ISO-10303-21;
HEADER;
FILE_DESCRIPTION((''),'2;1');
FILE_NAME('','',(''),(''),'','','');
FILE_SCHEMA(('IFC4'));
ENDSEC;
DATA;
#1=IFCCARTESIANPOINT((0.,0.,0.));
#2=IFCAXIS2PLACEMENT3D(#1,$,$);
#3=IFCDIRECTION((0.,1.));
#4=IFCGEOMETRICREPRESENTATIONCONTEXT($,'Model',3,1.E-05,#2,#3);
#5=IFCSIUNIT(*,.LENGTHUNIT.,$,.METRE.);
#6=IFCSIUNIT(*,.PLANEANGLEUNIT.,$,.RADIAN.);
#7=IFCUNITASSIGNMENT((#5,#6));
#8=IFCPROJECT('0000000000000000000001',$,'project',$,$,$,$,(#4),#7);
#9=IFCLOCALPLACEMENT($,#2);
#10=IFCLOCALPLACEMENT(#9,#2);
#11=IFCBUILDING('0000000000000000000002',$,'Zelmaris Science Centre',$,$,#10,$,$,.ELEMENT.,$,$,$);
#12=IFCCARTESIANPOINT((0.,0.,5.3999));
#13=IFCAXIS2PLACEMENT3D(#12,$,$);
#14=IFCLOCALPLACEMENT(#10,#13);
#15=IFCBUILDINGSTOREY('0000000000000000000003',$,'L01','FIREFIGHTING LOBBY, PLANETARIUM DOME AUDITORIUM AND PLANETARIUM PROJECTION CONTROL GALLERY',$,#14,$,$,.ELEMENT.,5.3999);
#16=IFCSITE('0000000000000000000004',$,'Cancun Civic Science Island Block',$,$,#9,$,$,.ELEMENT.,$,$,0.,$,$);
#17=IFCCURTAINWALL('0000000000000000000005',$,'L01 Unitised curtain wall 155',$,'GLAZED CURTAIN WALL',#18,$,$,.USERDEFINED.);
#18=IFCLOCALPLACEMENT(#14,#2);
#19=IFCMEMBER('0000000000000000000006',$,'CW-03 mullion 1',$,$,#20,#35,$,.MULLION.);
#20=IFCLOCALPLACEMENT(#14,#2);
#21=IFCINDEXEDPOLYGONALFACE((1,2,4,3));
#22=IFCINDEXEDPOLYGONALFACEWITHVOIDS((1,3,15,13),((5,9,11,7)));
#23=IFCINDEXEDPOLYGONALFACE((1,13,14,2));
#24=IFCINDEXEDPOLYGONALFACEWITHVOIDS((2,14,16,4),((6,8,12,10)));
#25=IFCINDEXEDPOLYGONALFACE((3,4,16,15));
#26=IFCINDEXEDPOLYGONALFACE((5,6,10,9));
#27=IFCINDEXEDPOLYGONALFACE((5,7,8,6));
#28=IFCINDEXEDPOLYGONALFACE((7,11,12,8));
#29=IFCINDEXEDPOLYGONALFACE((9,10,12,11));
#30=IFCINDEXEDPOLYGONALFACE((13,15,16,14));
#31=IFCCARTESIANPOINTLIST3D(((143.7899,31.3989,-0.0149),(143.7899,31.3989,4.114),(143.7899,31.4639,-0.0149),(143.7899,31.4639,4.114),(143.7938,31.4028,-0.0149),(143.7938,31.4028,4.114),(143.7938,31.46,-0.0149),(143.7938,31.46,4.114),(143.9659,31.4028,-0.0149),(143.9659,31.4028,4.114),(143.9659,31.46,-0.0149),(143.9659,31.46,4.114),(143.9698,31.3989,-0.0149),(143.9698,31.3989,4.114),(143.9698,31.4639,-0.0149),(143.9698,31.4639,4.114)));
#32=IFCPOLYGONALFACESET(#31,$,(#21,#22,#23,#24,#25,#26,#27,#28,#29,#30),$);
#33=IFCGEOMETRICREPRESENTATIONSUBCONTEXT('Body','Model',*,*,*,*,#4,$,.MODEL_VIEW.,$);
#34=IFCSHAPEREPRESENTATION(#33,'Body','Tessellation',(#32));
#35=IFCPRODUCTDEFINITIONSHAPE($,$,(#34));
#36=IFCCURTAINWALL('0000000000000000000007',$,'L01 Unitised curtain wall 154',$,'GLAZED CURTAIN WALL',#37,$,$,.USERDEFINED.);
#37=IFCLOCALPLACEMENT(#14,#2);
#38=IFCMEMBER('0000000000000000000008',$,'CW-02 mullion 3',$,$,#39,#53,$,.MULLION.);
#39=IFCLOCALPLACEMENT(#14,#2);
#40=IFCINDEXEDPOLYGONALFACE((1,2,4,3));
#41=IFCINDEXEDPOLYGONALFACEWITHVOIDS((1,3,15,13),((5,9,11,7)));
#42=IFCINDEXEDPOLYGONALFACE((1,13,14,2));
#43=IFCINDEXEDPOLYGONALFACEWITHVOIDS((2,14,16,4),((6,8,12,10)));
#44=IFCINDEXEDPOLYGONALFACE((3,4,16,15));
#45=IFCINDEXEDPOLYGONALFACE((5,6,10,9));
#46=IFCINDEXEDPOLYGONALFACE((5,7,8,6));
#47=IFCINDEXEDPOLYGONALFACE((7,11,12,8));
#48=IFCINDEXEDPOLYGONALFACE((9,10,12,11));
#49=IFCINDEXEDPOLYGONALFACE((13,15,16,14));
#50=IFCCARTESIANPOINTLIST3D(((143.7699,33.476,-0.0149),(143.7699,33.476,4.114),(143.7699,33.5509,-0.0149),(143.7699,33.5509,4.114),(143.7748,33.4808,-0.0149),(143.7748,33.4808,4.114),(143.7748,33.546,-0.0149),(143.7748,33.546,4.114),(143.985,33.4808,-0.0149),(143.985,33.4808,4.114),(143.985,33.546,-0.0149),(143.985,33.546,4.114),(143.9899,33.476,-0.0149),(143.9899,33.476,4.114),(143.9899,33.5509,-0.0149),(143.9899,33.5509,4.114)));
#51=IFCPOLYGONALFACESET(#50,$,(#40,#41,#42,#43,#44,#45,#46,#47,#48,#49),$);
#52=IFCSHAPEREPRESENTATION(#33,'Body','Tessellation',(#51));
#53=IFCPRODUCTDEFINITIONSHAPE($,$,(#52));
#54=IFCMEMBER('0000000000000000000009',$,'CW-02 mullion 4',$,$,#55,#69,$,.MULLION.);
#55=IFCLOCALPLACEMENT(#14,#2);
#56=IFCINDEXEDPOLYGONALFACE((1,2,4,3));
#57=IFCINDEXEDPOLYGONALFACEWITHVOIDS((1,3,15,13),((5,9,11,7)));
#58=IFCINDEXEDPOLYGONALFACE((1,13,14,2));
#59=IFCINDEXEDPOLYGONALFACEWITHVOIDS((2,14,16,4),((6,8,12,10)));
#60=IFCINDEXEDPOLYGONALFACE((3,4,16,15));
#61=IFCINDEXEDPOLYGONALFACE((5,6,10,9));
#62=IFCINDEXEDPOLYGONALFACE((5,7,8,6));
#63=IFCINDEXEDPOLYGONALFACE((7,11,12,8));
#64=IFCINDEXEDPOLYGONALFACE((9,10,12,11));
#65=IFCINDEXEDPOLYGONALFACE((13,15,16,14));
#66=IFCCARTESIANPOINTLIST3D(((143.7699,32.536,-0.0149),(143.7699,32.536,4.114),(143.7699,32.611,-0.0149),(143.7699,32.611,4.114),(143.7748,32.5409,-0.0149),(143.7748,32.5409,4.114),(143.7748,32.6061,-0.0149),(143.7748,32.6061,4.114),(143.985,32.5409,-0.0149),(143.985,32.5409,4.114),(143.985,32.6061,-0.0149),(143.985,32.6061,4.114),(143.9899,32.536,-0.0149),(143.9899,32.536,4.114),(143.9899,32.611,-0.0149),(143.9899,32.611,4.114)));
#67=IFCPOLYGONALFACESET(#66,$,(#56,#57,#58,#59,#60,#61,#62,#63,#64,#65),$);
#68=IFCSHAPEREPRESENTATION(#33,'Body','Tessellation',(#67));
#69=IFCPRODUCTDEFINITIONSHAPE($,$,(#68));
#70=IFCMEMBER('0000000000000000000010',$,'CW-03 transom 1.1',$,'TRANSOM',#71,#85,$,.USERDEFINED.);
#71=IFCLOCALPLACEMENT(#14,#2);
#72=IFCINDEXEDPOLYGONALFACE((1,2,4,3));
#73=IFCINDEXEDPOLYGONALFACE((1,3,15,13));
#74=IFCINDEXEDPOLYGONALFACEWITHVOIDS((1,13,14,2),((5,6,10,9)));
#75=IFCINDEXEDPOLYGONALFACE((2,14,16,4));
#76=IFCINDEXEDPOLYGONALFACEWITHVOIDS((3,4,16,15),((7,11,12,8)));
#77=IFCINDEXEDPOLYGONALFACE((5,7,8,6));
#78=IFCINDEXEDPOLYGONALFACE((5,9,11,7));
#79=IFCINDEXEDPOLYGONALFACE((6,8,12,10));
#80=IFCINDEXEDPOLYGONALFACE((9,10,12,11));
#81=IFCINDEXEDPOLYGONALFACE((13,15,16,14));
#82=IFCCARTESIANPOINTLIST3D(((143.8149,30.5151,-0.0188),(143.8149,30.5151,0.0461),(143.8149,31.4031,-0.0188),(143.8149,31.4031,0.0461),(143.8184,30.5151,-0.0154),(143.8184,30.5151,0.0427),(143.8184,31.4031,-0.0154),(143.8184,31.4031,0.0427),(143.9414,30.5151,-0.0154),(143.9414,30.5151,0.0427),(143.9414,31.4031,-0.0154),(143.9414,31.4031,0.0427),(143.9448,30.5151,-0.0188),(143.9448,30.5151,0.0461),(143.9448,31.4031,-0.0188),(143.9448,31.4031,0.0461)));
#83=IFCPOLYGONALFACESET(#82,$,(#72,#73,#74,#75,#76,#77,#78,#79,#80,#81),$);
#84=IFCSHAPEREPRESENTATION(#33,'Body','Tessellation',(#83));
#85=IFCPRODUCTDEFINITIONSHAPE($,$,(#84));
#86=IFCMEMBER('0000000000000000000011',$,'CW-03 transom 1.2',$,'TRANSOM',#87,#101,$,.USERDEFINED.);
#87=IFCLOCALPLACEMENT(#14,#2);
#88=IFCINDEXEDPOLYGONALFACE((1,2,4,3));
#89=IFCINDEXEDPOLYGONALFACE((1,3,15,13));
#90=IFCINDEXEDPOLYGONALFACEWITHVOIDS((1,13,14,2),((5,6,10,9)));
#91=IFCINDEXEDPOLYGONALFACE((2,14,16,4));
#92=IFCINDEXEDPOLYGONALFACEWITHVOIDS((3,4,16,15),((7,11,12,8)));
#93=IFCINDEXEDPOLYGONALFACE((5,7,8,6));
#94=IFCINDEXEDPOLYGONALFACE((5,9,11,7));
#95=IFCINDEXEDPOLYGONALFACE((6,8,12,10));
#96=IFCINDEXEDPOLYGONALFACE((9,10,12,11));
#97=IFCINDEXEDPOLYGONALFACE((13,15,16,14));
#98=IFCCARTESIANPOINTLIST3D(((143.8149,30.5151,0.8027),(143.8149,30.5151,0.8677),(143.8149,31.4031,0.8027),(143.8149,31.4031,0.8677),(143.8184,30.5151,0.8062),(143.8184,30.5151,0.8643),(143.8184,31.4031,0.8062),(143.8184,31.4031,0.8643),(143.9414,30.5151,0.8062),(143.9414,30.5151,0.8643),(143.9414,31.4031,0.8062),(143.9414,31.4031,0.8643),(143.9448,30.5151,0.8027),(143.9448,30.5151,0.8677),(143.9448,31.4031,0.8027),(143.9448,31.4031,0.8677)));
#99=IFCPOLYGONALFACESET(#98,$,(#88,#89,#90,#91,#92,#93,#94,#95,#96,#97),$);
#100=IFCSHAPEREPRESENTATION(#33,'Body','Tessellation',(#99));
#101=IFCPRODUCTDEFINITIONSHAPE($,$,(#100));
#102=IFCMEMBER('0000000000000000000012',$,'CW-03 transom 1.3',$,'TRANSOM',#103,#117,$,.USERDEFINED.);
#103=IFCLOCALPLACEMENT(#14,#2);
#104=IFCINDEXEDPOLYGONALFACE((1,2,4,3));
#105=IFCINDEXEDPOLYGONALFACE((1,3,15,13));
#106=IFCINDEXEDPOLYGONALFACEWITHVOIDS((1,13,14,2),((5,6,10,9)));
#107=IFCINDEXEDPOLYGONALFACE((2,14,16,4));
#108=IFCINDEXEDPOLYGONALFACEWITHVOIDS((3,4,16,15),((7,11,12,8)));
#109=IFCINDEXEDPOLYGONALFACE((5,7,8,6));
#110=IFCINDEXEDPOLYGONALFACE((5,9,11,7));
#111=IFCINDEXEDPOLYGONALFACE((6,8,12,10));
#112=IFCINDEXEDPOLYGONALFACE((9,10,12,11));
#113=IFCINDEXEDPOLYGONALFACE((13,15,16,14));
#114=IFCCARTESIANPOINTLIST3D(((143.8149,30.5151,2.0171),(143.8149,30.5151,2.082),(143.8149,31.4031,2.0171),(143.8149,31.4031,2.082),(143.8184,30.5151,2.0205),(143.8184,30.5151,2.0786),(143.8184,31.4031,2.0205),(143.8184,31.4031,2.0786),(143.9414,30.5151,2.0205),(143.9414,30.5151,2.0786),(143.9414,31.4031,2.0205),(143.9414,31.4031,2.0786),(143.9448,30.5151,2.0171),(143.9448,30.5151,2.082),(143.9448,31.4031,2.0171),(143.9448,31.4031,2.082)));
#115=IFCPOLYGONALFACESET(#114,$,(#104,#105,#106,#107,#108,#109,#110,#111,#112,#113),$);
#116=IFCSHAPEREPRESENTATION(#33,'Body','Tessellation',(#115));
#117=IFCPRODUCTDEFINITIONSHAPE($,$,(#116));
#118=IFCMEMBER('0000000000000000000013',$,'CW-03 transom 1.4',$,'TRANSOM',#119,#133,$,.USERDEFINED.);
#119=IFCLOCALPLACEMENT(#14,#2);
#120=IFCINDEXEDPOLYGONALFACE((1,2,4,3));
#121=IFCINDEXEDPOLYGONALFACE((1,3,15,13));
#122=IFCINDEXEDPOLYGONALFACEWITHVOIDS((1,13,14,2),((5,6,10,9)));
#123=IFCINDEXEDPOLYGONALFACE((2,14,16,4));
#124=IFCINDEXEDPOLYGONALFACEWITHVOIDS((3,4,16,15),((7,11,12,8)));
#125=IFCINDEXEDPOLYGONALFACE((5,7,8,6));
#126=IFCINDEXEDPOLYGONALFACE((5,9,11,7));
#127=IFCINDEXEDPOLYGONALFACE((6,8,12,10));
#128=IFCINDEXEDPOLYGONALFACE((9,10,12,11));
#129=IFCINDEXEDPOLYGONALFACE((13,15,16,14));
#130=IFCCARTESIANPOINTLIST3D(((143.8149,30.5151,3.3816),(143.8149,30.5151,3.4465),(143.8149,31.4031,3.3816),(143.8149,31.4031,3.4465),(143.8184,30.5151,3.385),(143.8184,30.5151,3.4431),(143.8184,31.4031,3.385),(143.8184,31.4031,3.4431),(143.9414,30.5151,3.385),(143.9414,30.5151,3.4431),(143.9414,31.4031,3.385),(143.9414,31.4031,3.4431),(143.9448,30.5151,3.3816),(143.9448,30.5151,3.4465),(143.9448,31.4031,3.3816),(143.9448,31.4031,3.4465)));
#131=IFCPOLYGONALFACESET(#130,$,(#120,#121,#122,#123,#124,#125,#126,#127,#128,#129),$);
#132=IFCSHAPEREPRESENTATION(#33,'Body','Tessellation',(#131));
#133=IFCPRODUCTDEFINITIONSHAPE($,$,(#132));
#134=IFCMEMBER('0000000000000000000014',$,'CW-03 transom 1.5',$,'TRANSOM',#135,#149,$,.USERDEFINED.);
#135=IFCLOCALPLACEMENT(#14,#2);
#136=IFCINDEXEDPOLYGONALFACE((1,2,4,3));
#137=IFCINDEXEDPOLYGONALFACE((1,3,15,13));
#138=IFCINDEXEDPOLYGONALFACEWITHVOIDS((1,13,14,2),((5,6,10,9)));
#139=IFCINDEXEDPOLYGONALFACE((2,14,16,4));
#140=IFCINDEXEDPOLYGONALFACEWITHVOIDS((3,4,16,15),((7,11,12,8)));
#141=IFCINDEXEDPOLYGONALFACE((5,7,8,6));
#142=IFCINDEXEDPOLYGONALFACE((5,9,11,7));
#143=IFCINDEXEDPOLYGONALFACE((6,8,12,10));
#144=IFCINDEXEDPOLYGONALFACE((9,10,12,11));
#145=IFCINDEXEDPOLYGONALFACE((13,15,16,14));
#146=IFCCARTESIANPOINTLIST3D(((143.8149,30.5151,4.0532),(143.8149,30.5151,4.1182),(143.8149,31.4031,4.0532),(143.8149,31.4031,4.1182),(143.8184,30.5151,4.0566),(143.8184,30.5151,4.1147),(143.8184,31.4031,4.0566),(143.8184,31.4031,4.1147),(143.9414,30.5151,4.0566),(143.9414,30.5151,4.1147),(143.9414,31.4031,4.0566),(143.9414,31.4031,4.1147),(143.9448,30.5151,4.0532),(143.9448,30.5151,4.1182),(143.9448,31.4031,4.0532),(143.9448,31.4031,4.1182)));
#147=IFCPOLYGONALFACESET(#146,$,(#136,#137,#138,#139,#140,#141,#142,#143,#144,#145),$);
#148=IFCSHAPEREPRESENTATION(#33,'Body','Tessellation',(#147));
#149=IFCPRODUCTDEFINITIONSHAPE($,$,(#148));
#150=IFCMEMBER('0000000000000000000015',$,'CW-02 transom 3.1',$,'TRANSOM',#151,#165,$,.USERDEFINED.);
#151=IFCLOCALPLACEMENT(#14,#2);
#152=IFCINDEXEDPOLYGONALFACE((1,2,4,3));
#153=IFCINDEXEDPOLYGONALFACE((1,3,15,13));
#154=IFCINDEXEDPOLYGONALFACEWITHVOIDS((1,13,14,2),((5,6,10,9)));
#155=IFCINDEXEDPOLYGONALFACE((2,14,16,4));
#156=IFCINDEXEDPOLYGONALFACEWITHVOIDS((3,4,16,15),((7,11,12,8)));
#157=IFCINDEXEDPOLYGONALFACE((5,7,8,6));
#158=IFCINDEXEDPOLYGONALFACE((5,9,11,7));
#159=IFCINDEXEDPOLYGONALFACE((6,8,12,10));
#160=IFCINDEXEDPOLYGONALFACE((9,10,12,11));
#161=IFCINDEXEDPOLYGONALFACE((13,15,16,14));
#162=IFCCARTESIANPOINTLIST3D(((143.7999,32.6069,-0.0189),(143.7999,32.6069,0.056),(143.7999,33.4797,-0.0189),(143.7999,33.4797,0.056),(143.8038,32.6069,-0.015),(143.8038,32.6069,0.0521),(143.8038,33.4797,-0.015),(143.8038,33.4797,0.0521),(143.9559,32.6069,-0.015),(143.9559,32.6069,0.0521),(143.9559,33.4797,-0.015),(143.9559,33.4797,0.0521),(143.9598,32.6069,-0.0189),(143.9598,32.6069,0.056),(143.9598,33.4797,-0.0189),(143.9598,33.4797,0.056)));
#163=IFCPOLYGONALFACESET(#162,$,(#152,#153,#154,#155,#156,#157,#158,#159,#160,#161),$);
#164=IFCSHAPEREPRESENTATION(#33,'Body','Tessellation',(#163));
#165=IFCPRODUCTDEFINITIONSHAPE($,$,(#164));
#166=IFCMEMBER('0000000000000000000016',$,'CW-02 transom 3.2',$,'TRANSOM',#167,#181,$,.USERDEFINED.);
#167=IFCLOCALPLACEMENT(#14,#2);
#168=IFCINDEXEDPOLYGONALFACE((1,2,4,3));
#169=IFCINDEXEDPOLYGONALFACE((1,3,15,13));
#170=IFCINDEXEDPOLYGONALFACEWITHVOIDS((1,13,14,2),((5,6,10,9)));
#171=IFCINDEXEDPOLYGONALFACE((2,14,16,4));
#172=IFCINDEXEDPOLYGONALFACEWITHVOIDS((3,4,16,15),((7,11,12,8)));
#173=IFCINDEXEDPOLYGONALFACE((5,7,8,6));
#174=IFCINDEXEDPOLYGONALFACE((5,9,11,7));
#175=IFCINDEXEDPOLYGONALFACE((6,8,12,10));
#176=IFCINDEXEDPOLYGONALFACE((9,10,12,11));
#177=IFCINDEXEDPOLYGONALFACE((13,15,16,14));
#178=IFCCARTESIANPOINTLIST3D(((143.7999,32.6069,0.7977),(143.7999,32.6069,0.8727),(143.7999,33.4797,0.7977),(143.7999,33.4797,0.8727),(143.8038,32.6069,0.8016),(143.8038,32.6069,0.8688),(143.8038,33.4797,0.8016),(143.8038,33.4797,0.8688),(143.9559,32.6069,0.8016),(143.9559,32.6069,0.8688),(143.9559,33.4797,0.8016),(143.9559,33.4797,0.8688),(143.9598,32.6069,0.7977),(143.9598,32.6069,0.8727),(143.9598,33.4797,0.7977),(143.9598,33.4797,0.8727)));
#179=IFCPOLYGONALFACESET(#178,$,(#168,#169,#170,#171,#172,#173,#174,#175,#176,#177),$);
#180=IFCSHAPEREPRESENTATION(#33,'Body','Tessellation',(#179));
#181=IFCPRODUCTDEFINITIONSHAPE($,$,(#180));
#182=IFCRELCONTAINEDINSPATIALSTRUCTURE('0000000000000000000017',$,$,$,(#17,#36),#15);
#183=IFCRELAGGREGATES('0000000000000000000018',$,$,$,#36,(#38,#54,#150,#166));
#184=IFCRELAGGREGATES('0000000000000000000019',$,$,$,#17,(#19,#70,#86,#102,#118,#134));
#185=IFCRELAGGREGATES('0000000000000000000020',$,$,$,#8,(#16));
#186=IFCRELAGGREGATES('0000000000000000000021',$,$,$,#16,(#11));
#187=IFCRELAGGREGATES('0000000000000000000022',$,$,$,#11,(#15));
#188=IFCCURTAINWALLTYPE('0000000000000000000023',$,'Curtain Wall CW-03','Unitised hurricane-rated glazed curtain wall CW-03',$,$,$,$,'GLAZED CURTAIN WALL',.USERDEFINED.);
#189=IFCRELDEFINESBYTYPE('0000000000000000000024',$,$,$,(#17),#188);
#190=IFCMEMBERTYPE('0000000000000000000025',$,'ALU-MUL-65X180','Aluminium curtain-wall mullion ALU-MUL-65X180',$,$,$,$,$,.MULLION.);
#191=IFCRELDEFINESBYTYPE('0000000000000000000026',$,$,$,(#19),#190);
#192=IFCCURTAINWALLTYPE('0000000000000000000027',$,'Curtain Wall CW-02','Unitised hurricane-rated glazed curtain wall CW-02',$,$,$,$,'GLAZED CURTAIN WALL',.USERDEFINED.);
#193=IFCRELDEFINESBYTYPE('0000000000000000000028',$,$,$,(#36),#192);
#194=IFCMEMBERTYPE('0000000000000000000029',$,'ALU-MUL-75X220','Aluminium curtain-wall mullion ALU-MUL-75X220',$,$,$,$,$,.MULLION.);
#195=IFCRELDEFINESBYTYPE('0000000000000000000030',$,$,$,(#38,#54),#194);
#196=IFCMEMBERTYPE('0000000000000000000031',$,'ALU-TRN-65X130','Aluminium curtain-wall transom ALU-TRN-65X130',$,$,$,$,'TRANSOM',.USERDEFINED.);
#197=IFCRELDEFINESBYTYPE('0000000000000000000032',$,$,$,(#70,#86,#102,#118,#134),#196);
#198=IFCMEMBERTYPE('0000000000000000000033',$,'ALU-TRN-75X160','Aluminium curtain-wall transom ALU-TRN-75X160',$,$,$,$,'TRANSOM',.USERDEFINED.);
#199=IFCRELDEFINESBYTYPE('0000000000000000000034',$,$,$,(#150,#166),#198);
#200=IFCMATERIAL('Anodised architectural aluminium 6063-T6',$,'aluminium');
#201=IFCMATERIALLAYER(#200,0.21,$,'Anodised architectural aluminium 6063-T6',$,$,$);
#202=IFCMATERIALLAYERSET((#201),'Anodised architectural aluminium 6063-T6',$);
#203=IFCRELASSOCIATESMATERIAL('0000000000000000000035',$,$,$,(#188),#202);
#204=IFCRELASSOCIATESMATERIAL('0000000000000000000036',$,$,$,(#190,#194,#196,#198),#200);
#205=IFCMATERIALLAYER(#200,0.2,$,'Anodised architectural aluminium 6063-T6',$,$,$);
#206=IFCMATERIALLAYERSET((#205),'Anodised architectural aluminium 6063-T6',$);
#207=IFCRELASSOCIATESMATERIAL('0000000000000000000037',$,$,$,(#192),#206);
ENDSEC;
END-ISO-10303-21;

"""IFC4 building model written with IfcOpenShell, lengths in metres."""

from ifc_helpers import new_model, si_unit, direction, frame, origin, origin_2d, place, context, subcontext, project, spatial, hollow_rectangle, extrude, material, layer, layer_set, material_profile, profile_set, type_object, element, aggregate, save


model = new_model("IFC4")

# Units and contexts
model_context = context("Model", 3, precision=1e-05, world=origin(), true_north=direction((0.0, 1.0)))
body_context = subcontext(model_context, "Body", "Model", "MODEL_VIEW")
ifc_project = project(units=[si_unit("LENGTHUNIT", "METRE"), si_unit("PLANEANGLEUNIT", "RADIAN")], contexts=[model_context])

# Site, building, storey
site_placement = place(None, origin())
site = spatial("IfcSite", under=ifc_project, at=site_placement, Name="Cancun Civic Science Island Block", CompositionType="ELEMENT", RefElevation=0.0)
building_placement = place(site_placement, origin())
building = spatial("IfcBuilding", under=site, at=building_placement, Name="Zelmaris Science Centre", CompositionType="ELEMENT")
storey_placement = place(building_placement, frame((0.0, 0.0, 5.3999)))
storey = spatial("IfcBuildingStorey", under=building, at=storey_placement, Name="L01", Description="FIREFIGHTING LOBBY, PLANETARIUM DOME AUDITORIUM AND PLANETARIUM PROJECTION CONTROL GALLERY", CompositionType="ELEMENT", Elevation=5.3999)

# Curtain wall, member
ifc_material_1 = material(Name="Anodised architectural aluminium 6063-T6", Category="aluminium")
ifc_layer_1 = layer(ifc_material_1, 0.21, Name="Anodised architectural aluminium 6063-T6")
ifc_layer_set_1 = layer_set([ifc_layer_1], Name="Anodised architectural aluminium 6063-T6")
curtain_wall_type_1 = type_object("IfcCurtainWallType", Name="Curtain Wall CW-03", Description="Unitised hurricane-rated glazed curtain wall CW-03", ElementType="GLAZED CURTAIN WALL", PredefinedType="USERDEFINED", material=ifc_layer_set_1)
curtain_wall_1_placement = place(storey_placement, origin())
curtain_wall_1 = element("IfcCurtainWall", 1, at=curtain_wall_1_placement, inside=storey, type_object=curtain_wall_type_1, Name="L01 Unitised curtain wall 155", ObjectType="GLAZED CURTAIN WALL", PredefinedType="USERDEFINED")
ifc_material_profile_1 = material_profile(ifc_material_1, hollow_rectangle(XDim=0.0649, YDim=0.1799, WallThickness=0.0039, at=origin_2d()), Name="ALU-MUL-65X180")
ifc_profile_set_1 = profile_set([ifc_material_profile_1], Name="Anodised architectural aluminium 6063-T6")
member_type_1 = type_object("IfcMemberType", Name="ALU-MUL-65X180", Description="Aluminium curtain-wall mullion ALU-MUL-65X180", PredefinedType="MULLION", material=ifc_profile_set_1)
member_1_placement = place(storey_placement, frame((143.8799, 31.4314, -0.0149), z_axis=(0.0, 0.0, 1.0), x_axis=(0.0, -1.0, 0.0)))
member_1 = element("IfcMember", 2, at=member_1_placement, type_object=member_type_1, Name="CW-03 mullion 1", PredefinedType="MULLION", context=body_context, shape_type="SweptSolid", body=[
    extrude(hollow_rectangle(XDim=0.0649, YDim=0.1799, WallThickness=0.0039, at=origin_2d()), origin(), (0.0, 0.0, 1.0), 4.1289),
])

# Curtain wall, members
ifc_layer_2 = layer(ifc_material_1, 0.2, Name="Anodised architectural aluminium 6063-T6")
ifc_layer_set_2 = layer_set([ifc_layer_2], Name="Anodised architectural aluminium 6063-T6")
curtain_wall_type_2 = type_object("IfcCurtainWallType", Name="Curtain Wall CW-02", Description="Unitised hurricane-rated glazed curtain wall CW-02", ElementType="GLAZED CURTAIN WALL", PredefinedType="USERDEFINED", material=ifc_layer_set_2)
curtain_wall_2_placement = place(storey_placement, origin())
curtain_wall_2 = element("IfcCurtainWall", 3, at=curtain_wall_2_placement, inside=storey, type_object=curtain_wall_type_2, Name="L01 Unitised curtain wall 154", ObjectType="GLAZED CURTAIN WALL", PredefinedType="USERDEFINED")
ifc_material_profile_2 = material_profile(ifc_material_1, hollow_rectangle(XDim=0.075, YDim=0.22, WallThickness=0.0049, at=origin_2d()), Name="ALU-MUL-75X220")
ifc_profile_set_2 = profile_set([ifc_material_profile_2], Name="Anodised architectural aluminium 6063-T6")
member_type_2 = type_object("IfcMemberType", Name="ALU-MUL-75X220", Description="Aluminium curtain-wall mullion ALU-MUL-75X220", PredefinedType="MULLION", material=ifc_profile_set_2)
member_2_placement = place(storey_placement, frame((143.8799, 33.5134, -0.0149), z_axis=(0.0, 0.0, 1.0), x_axis=(0.0, -1.0, 0.0)))
member_2 = element("IfcMember", 4, at=member_2_placement, type_object=member_type_2, Name="CW-02 mullion 3", PredefinedType="MULLION", context=body_context, shape_type="SweptSolid", body=[
    extrude(hollow_rectangle(XDim=0.075, YDim=0.22, WallThickness=0.0049, at=origin_2d()), origin(), (0.0, 0.0, 1.0), 4.1289),
])
member_3_placement = place(storey_placement, frame((143.8799, 32.5735, -0.0149), z_axis=(0.0, 0.0, 1.0), x_axis=(0.0, -1.0, 0.0)))
member_3 = element("IfcMember", 5, at=member_3_placement, type_object=member_type_2, Name="CW-02 mullion 4", PredefinedType="MULLION", context=body_context, shape_type="SweptSolid", body=[
    extrude(hollow_rectangle(XDim=0.075, YDim=0.22, WallThickness=0.0049, at=origin_2d()), origin(), (0.0, 0.0, 1.0), 4.1289),
])

# Members
ifc_material_profile_3 = material_profile(ifc_material_1, hollow_rectangle(XDim=0.0649, YDim=0.1299, WallThickness=0.0034, at=origin_2d()), Name="ALU-TRN-65X130")
ifc_profile_set_3 = profile_set([ifc_material_profile_3], Name="Anodised architectural aluminium 6063-T6")
member_type_3 = type_object("IfcMemberType", Name="ALU-TRN-65X130", Description="Aluminium curtain-wall transom ALU-TRN-65X130", ElementType="TRANSOM", PredefinedType="USERDEFINED", material=ifc_profile_set_3)
member_4_placement = place(storey_placement, frame((143.8799, 31.4031, 0.0137), z_axis=(0.0, -1.0, 0.0), x_axis=(0.0, 0.0, 1.0)))
member_4 = element("IfcMember", 6, at=member_4_placement, type_object=member_type_3, Name="CW-03 transom 1.1", ObjectType="TRANSOM", PredefinedType="USERDEFINED", context=body_context, shape_type="SweptSolid", body=[
    extrude(hollow_rectangle(XDim=0.0649, YDim=0.1299, WallThickness=0.0034, at=origin_2d()), origin(), (0.0, 0.0, 1.0), 0.8879),
])
member_5_placement = place(storey_placement, frame((143.8799, 31.4031, 0.8352), z_axis=(0.0, -1.0, 0.0), x_axis=(0.0, 0.0, 1.0)))
member_5 = element("IfcMember", 7, at=member_5_placement, type_object=member_type_3, Name="CW-03 transom 1.2", ObjectType="TRANSOM", PredefinedType="USERDEFINED", context=body_context, shape_type="SweptSolid", body=[
    extrude(hollow_rectangle(XDim=0.0649, YDim=0.1299, WallThickness=0.0034, at=origin_2d()), origin(), (0.0, 0.0, 1.0), 0.8879),
])
member_6_placement = place(storey_placement, frame((143.8799, 31.4031, 2.0496), z_axis=(0.0, -1.0, 0.0), x_axis=(0.0, 0.0, 1.0)))
member_6 = element("IfcMember", 8, at=member_6_placement, type_object=member_type_3, Name="CW-03 transom 1.3", ObjectType="TRANSOM", PredefinedType="USERDEFINED", context=body_context, shape_type="SweptSolid", body=[
    extrude(hollow_rectangle(XDim=0.0649, YDim=0.1299, WallThickness=0.0034, at=origin_2d()), origin(), (0.0, 0.0, 1.0), 0.8879),
])
member_7_placement = place(storey_placement, frame((143.8799, 31.4031, 3.4141), z_axis=(0.0, -1.0, 0.0), x_axis=(0.0, 0.0, 1.0)))
member_7 = element("IfcMember", 9, at=member_7_placement, type_object=member_type_3, Name="CW-03 transom 1.4", ObjectType="TRANSOM", PredefinedType="USERDEFINED", context=body_context, shape_type="SweptSolid", body=[
    extrude(hollow_rectangle(XDim=0.0649, YDim=0.1299, WallThickness=0.0034, at=origin_2d()), origin(), (0.0, 0.0, 1.0), 0.8879),
])
member_8_placement = place(storey_placement, frame((143.8799, 31.4031, 4.0857), z_axis=(0.0, -1.0, 0.0), x_axis=(0.0, 0.0, 1.0)))
member_8 = element("IfcMember", 10, at=member_8_placement, type_object=member_type_3, Name="CW-03 transom 1.5", ObjectType="TRANSOM", PredefinedType="USERDEFINED", context=body_context, shape_type="SweptSolid", body=[
    extrude(hollow_rectangle(XDim=0.0649, YDim=0.1299, WallThickness=0.0034, at=origin_2d()), origin(), (0.0, 0.0, 1.0), 0.8879),
])
ifc_material_profile_4 = material_profile(ifc_material_1, hollow_rectangle(XDim=0.075, YDim=0.1599, WallThickness=0.0039, at=origin_2d()), Name="ALU-TRN-75X160")
ifc_profile_set_4 = profile_set([ifc_material_profile_4], Name="Anodised architectural aluminium 6063-T6")
member_type_4 = type_object("IfcMemberType", Name="ALU-TRN-75X160", Description="Aluminium curtain-wall transom ALU-TRN-75X160", ElementType="TRANSOM", PredefinedType="USERDEFINED", material=ifc_profile_set_4)
member_9_placement = place(storey_placement, frame((143.8799, 33.4797, 0.0186), z_axis=(0.0, -1.0, 0.0), x_axis=(0.0, 0.0, 1.0)))
member_9 = element("IfcMember", 11, at=member_9_placement, type_object=member_type_4, Name="CW-02 transom 3.1", ObjectType="TRANSOM", PredefinedType="USERDEFINED", context=body_context, shape_type="SweptSolid", body=[
    extrude(hollow_rectangle(XDim=0.075, YDim=0.1599, WallThickness=0.0039, at=origin_2d()), origin(), (0.0, 0.0, 1.0), 0.8728),
])
member_10_placement = place(storey_placement, frame((143.8799, 33.4797, 0.8352), z_axis=(0.0, -1.0, 0.0), x_axis=(0.0, 0.0, 1.0)))
member_10 = element("IfcMember", 12, at=member_10_placement, type_object=member_type_4, Name="CW-02 transom 3.2", ObjectType="TRANSOM", PredefinedType="USERDEFINED", context=body_context, shape_type="SweptSolid", body=[
    extrude(hollow_rectangle(XDim=0.075, YDim=0.1599, WallThickness=0.0039, at=origin_2d()), origin(), (0.0, 0.0, 1.0), 0.8728),
])

aggregate(curtain_wall_2, [member_2, member_3, member_9, member_10])
aggregate(curtain_wall_1, [member_1, member_4, member_5, member_6, member_7, member_8])

save(model, "model.ifc")
